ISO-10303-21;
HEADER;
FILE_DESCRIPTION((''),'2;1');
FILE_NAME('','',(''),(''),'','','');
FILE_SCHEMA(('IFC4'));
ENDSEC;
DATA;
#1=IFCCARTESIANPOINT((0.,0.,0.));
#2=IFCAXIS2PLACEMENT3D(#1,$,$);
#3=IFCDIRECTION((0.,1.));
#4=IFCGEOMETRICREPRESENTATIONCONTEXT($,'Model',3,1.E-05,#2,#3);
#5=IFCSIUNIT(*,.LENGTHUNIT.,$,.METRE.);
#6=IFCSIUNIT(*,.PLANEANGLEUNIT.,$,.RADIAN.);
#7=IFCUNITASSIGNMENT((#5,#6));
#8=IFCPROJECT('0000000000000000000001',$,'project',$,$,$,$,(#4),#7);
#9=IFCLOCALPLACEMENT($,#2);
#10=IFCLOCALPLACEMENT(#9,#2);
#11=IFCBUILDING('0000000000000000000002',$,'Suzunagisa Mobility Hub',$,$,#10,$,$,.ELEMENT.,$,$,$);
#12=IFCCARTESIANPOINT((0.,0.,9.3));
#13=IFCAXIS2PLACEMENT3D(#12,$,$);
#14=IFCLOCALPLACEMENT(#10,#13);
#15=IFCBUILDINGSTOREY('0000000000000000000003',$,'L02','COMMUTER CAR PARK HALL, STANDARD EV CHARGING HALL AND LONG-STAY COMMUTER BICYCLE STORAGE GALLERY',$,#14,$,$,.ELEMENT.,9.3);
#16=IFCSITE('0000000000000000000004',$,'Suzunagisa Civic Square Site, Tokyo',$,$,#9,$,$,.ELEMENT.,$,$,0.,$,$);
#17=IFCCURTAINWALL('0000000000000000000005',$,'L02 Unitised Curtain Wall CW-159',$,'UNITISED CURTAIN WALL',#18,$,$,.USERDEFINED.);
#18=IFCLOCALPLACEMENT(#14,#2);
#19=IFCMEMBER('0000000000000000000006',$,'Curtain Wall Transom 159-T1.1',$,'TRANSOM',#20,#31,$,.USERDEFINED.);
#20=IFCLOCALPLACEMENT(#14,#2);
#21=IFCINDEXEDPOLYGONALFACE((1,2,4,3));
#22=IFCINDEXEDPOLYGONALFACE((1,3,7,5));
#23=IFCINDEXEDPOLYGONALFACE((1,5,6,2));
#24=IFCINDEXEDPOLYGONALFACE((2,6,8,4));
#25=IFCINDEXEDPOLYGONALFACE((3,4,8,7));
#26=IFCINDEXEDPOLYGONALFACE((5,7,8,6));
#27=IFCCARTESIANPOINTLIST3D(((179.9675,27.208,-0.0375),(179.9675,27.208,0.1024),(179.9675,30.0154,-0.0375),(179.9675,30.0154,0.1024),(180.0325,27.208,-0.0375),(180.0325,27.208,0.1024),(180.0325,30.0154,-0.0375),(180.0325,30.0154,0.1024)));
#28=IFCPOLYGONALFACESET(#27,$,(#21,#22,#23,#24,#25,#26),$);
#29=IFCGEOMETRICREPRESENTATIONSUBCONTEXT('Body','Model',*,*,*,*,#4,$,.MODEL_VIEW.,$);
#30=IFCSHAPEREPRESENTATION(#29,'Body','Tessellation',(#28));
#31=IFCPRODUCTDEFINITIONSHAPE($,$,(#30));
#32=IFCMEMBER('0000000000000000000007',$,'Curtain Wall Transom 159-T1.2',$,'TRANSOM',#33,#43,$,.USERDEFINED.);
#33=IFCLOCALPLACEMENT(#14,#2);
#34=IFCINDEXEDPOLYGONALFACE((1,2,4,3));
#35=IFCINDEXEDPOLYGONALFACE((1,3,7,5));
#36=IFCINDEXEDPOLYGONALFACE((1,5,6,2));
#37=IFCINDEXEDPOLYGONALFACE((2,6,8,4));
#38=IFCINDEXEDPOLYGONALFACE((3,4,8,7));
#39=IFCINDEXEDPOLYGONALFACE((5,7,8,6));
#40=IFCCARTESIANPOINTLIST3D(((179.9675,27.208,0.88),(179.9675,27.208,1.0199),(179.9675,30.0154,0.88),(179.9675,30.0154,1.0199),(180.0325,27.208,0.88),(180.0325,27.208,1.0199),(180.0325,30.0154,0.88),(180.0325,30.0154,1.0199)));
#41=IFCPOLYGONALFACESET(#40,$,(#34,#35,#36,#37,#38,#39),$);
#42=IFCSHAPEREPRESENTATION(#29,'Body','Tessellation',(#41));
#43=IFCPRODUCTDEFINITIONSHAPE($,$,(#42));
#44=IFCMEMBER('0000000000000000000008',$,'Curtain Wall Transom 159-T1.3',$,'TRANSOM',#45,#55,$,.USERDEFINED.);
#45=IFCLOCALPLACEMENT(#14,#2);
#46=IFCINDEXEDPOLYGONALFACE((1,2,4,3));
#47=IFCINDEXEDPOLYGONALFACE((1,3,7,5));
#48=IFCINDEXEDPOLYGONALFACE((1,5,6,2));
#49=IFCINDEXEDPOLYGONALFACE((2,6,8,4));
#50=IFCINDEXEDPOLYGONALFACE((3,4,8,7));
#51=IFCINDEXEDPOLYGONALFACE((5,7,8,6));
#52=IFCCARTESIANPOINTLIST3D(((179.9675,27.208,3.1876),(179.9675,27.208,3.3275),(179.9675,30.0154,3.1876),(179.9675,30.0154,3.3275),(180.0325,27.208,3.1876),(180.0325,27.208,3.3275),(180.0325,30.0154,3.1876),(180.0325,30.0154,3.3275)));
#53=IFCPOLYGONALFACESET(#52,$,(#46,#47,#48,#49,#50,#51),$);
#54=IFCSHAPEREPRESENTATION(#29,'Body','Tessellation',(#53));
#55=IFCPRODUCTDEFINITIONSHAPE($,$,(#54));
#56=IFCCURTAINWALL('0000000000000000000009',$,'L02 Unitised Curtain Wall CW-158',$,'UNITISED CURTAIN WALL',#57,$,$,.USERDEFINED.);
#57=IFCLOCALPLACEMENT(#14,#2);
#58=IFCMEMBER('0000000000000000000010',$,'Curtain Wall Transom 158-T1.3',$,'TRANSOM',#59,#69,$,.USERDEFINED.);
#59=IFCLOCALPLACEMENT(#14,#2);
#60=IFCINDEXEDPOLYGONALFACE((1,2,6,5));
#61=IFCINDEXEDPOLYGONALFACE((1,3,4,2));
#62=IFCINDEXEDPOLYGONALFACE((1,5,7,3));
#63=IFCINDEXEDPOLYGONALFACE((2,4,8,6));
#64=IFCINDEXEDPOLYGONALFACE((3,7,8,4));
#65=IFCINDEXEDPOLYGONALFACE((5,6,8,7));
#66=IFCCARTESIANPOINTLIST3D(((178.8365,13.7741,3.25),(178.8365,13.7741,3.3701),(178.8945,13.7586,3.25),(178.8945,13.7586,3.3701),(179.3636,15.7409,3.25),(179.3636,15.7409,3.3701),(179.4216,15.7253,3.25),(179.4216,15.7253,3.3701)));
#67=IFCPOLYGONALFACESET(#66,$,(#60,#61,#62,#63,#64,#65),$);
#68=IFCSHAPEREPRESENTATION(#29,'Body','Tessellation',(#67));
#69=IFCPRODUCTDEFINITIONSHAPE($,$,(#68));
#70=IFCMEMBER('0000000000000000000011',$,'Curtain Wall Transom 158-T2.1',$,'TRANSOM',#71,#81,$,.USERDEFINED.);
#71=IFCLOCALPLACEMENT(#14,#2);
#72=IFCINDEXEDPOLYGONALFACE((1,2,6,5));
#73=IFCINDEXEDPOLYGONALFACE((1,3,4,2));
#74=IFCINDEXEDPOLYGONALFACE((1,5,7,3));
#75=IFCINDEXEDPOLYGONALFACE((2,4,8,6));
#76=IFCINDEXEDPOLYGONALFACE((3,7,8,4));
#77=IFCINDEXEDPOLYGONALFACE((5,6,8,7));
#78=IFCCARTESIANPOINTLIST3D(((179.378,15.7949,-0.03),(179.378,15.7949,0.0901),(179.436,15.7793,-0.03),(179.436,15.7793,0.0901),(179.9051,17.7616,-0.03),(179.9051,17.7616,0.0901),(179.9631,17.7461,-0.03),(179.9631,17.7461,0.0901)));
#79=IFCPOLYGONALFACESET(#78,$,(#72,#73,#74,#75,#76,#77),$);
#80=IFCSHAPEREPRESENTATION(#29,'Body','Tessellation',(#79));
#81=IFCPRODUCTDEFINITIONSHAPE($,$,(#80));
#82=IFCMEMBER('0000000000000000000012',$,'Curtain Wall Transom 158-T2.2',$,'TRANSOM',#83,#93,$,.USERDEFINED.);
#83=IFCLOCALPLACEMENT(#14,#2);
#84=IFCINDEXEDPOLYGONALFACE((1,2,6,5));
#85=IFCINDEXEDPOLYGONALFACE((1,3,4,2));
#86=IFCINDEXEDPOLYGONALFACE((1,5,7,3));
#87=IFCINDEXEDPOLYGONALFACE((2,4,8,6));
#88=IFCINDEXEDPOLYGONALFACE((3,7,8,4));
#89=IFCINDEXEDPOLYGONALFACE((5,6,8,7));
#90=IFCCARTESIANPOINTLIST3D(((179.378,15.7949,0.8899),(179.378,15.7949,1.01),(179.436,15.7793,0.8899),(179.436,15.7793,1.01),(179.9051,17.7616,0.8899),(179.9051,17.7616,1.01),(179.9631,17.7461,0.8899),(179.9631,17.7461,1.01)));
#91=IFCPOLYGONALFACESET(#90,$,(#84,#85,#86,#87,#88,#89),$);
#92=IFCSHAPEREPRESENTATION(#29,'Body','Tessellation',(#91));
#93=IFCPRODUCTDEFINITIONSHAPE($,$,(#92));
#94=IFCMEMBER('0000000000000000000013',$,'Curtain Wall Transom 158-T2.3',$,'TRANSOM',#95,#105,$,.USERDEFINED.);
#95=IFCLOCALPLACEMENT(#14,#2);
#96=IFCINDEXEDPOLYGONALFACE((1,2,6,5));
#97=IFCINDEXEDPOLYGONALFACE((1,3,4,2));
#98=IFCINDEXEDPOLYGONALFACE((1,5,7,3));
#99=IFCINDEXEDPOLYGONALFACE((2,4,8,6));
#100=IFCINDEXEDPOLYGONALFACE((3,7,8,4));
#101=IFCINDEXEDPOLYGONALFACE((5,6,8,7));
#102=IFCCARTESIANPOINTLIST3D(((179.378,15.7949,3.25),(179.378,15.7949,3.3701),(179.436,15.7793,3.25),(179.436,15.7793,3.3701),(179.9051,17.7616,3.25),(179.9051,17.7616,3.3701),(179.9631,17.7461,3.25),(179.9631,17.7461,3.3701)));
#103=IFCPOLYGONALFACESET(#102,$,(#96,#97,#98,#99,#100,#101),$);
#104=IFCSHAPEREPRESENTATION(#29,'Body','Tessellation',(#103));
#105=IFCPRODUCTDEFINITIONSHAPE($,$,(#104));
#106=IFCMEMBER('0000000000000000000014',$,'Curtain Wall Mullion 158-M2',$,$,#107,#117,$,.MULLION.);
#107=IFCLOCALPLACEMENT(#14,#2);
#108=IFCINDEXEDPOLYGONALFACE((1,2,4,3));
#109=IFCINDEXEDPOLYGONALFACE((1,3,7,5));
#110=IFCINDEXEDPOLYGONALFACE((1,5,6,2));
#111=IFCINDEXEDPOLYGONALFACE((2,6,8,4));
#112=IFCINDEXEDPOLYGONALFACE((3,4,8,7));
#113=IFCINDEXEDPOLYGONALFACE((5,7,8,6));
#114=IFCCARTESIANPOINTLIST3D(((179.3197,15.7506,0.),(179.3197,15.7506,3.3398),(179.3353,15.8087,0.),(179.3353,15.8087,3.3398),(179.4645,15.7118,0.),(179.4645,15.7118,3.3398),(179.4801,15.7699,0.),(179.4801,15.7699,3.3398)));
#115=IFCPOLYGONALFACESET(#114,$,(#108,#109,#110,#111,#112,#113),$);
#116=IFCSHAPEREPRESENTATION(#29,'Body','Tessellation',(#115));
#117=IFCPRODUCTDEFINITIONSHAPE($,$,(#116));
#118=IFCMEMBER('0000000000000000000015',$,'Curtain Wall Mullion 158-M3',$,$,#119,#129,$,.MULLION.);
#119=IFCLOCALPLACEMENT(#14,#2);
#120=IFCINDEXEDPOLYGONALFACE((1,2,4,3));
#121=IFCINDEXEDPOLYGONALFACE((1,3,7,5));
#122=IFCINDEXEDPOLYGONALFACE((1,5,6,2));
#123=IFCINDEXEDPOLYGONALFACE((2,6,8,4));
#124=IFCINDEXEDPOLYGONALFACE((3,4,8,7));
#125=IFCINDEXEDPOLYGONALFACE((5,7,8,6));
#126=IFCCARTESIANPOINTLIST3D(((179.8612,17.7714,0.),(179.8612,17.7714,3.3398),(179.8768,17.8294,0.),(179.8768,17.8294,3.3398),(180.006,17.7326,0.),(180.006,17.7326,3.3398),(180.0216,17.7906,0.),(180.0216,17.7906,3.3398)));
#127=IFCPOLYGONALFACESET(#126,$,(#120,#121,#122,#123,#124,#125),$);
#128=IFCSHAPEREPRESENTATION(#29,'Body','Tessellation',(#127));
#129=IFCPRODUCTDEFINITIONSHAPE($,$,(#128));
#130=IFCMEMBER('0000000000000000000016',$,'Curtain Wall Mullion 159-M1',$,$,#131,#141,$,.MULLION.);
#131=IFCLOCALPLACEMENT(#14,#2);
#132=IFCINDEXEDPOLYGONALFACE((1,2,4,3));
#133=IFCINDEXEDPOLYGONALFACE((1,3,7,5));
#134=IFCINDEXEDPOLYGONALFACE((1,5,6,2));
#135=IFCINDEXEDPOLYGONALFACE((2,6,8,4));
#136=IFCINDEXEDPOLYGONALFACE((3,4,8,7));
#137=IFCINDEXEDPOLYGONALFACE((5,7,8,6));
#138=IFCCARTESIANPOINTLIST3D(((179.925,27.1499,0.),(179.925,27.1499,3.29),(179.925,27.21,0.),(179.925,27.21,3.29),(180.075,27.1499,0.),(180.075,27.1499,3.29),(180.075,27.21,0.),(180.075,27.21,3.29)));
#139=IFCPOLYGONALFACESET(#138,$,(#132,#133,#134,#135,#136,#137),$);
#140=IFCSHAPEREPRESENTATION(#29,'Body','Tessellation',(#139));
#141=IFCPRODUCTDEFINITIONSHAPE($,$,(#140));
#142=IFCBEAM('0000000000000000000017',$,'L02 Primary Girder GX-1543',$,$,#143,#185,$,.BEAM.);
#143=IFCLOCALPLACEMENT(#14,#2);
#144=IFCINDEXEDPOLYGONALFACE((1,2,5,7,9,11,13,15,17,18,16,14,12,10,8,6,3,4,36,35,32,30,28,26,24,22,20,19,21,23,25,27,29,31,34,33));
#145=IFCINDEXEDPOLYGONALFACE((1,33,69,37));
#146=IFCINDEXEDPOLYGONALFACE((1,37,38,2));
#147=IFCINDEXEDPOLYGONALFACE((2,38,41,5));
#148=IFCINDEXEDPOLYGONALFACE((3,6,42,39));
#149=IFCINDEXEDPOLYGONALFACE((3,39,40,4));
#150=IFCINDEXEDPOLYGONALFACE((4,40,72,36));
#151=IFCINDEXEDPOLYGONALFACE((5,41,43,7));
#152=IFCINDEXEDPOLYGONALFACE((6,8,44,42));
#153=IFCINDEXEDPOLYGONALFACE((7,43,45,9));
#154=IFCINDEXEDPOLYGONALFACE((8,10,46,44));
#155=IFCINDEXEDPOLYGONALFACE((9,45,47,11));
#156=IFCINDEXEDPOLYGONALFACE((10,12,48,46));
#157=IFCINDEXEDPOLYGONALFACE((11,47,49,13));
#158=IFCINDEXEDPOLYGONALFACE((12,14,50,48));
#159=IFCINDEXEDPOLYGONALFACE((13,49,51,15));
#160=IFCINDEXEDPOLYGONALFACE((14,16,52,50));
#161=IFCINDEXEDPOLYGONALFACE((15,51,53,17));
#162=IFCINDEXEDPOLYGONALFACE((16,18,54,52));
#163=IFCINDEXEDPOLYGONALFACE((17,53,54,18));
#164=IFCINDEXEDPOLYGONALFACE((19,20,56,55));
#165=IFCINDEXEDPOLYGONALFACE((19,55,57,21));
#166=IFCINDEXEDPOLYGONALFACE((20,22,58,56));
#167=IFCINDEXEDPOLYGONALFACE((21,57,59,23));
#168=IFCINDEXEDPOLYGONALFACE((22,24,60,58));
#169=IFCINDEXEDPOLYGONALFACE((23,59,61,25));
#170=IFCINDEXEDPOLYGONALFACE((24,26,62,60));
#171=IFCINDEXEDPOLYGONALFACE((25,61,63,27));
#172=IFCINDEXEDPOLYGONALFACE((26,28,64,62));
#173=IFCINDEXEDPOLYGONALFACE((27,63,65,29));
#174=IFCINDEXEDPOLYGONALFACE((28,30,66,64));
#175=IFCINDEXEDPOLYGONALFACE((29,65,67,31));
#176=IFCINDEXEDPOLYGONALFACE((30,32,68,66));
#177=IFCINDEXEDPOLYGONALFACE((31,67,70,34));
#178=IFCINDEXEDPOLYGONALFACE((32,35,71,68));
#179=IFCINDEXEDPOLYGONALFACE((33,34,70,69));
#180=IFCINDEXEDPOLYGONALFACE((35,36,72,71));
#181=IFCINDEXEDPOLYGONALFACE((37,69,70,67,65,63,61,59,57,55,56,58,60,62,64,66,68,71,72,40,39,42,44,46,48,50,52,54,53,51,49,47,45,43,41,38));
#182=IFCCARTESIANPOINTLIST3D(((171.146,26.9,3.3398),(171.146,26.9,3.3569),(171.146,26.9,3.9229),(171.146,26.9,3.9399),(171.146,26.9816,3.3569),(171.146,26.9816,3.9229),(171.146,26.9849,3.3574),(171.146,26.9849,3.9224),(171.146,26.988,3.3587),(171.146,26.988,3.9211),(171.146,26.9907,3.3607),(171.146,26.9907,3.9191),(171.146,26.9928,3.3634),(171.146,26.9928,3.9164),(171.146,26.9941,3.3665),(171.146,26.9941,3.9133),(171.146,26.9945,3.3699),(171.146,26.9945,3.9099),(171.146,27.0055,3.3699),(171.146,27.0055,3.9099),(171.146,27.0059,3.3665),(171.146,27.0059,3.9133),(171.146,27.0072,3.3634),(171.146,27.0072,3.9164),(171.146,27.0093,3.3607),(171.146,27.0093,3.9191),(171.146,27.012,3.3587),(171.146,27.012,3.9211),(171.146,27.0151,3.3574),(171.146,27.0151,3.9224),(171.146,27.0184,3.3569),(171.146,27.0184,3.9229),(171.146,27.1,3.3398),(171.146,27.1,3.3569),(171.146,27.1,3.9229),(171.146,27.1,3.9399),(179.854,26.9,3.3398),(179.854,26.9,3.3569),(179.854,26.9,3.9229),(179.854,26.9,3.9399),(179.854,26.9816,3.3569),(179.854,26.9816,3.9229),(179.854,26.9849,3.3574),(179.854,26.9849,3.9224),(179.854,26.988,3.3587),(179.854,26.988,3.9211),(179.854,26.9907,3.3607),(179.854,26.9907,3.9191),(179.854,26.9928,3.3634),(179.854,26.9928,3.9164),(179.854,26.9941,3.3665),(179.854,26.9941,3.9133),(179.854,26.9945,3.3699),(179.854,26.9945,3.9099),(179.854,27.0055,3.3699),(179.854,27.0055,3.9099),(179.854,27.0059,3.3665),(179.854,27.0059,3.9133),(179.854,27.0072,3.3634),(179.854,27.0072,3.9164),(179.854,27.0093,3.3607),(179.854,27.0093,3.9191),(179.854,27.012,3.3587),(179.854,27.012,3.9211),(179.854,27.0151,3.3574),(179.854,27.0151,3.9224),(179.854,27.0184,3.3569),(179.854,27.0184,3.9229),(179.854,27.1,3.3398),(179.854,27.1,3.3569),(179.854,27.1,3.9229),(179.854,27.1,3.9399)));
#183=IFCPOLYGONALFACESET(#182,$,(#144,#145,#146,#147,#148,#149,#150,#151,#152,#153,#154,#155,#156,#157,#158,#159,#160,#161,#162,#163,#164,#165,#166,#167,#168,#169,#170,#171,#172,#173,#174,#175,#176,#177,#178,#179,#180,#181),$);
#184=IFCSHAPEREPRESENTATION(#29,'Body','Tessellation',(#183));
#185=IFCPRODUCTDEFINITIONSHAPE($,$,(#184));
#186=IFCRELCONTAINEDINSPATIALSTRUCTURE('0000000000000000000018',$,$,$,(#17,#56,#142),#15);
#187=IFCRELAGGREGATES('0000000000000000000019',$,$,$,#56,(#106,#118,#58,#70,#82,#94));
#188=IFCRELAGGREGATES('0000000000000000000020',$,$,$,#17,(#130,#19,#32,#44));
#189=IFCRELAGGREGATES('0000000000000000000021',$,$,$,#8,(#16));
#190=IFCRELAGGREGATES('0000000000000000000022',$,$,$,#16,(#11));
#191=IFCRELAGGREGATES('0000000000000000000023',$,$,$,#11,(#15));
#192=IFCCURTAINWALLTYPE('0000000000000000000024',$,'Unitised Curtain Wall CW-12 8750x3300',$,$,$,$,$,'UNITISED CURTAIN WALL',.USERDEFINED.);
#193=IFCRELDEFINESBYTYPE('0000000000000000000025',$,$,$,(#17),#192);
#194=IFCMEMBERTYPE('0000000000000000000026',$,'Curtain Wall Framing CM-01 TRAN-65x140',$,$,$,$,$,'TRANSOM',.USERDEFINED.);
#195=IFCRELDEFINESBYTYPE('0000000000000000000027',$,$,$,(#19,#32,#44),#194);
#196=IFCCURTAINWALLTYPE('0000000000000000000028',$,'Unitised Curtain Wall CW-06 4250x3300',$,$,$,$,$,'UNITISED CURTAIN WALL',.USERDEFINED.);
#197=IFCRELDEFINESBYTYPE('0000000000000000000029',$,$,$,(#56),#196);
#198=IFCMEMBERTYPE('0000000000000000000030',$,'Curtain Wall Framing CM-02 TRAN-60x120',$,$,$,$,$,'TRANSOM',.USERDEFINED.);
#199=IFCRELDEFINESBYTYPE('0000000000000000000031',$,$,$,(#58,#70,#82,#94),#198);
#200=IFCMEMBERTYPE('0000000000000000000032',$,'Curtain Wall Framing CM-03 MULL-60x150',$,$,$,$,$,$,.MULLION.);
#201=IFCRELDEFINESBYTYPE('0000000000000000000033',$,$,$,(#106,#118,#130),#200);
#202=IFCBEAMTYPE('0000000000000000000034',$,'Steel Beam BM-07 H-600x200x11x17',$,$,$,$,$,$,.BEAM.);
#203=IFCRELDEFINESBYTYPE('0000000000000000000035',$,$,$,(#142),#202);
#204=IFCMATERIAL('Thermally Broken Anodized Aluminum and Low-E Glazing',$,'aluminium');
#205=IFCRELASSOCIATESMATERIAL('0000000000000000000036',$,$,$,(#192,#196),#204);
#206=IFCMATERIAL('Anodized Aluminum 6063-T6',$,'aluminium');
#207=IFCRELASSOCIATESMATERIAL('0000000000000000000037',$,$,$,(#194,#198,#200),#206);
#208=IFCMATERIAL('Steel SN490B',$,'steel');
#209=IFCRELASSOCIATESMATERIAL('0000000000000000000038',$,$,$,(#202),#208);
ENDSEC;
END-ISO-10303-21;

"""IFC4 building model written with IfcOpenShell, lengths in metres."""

from ifc_helpers import new_model, si_unit, direction, frame, origin, origin_2d, place, context, subcontext, project, spatial, rectangle, i_section, extrude, material, material_profile, profile_set, type_object, element, aggregate, save


model = new_model("IFC4")

# Units and contexts
model_context = context("Model", 3, precision=1e-05, world=origin(), true_north=direction((0.0, 1.0)))
body_context = subcontext(model_context, "Body", "Model", "MODEL_VIEW")
ifc_project = project(units=[si_unit("LENGTHUNIT", "METRE"), si_unit("PLANEANGLEUNIT", "RADIAN")], contexts=[model_context])

# Site, building, storey
site_placement = place(None, origin())
site = spatial("IfcSite", under=ifc_project, at=site_placement, Name="Suzunagisa Civic Square Site, Tokyo", CompositionType="ELEMENT", RefElevation=0.0)
building_placement = place(site_placement, origin())
building = spatial("IfcBuilding", under=site, at=building_placement, Name="Suzunagisa Mobility Hub", CompositionType="ELEMENT")
storey_placement = place(building_placement, frame((0.0, 0.0, 9.3)))
storey = spatial("IfcBuildingStorey", under=building, at=storey_placement, Name="L02", Description="COMMUTER CAR PARK HALL, STANDARD EV CHARGING HALL AND LONG-STAY COMMUTER BICYCLE STORAGE GALLERY", CompositionType="ELEMENT", Elevation=9.3)

# Shared definitions
ifc_material_1 = material(Name="Steel SN490B", Category="steel")

# Curtain walls, members
ifc_material_2 = material(Name="Thermally Broken Anodized Aluminum and Low-E Glazing", Category="aluminium")
curtain_wall_type_1 = type_object("IfcCurtainWallType", Name="Unitised Curtain Wall CW-12 8750x3300", ElementType="UNITISED CURTAIN WALL", PredefinedType="USERDEFINED", material=ifc_material_2)
curtain_wall_1_placement = place(storey_placement, origin())
curtain_wall_1 = element("IfcCurtainWall", 1, at=curtain_wall_1_placement, inside=storey, type_object=curtain_wall_type_1, Name="L02 Unitised Curtain Wall CW-159", ObjectType="UNITISED CURTAIN WALL", PredefinedType="USERDEFINED")
ifc_material_3 = material(Name="Anodized Aluminum 6063-T6", Category="aluminium")
ifc_material_profile_1 = material_profile(ifc_material_3, rectangle(XDim=0.0649, YDim=0.1399, at=origin_2d()), Name="TRAN-65x140")
ifc_profile_set_1 = profile_set([ifc_material_profile_1], Name="Anodized Aluminum 6063-T6")
member_type_1 = type_object("IfcMemberType", Name="Curtain Wall Framing CM-01 TRAN-65x140", ElementType="TRANSOM", PredefinedType="USERDEFINED", material=ifc_profile_set_1)
member_1_placement = place(storey_placement, frame((180.0, 27.208, 0.0325), z_axis=(0.0, 1.0, 0.0), x_axis=(-1.0, 0.0, 0.0)))
member_1 = element("IfcMember", 2, at=member_1_placement, type_object=member_type_1, Name="Curtain Wall Transom 159-T1.1", ObjectType="TRANSOM", PredefinedType="USERDEFINED", context=body_context, shape_type="SweptSolid", body=[
    extrude(rectangle(XDim=0.0649, YDim=0.1399, at=origin_2d()), origin(), (0.0, 0.0, 1.0), 2.8074),
])
member_2_placement = place(storey_placement, frame((180.0, 27.208, 0.95), z_axis=(0.0, 1.0, 0.0), x_axis=(-1.0, 0.0, 0.0)))
member_2 = element("IfcMember", 3, at=member_2_placement, type_object=member_type_1, Name="Curtain Wall Transom 159-T1.2", ObjectType="TRANSOM", PredefinedType="USERDEFINED", context=body_context, shape_type="SweptSolid", body=[
    extrude(rectangle(XDim=0.0649, YDim=0.1399, at=origin_2d()), origin(), (0.0, 0.0, 1.0), 2.8074),
])
member_3_placement = place(storey_placement, frame((180.0, 27.208, 3.2576), z_axis=(0.0, 1.0, 0.0), x_axis=(-1.0, 0.0, 0.0)))
member_3 = element("IfcMember", 4, at=member_3_placement, type_object=member_type_1, Name="Curtain Wall Transom 159-T1.3", ObjectType="TRANSOM", PredefinedType="USERDEFINED", context=body_context, shape_type="SweptSolid", body=[
    extrude(rectangle(XDim=0.0649, YDim=0.1399, at=origin_2d()), origin(), (0.0, 0.0, 1.0), 2.8074),
])
curtain_wall_type_2 = type_object("IfcCurtainWallType", Name="Unitised Curtain Wall CW-06 4250x3300", ElementType="UNITISED CURTAIN WALL", PredefinedType="USERDEFINED", material=ifc_material_2)
curtain_wall_2_placement = place(storey_placement, origin())
curtain_wall_2 = element("IfcCurtainWall", 5, at=curtain_wall_2_placement, inside=storey, type_object=curtain_wall_type_2, Name="L02 Unitised Curtain Wall CW-158", ObjectType="UNITISED CURTAIN WALL", PredefinedType="USERDEFINED")
ifc_material_profile_2 = material_profile(ifc_material_3, rectangle(XDim=0.0601, YDim=0.1201, at=origin_2d()), Name="TRAN-60x120")
ifc_profile_set_2 = profile_set([ifc_material_profile_2], Name="Anodized Aluminum 6063-T6")
member_type_2 = type_object("IfcMemberType", Name="Curtain Wall Framing CM-02 TRAN-60x120", ElementType="TRANSOM", PredefinedType="USERDEFINED", material=ifc_profile_set_2)
member_4_placement = place(storey_placement, frame((178.8655, 13.7664, 3.3101), z_axis=(0.258864, 0.965914, 0.0), x_axis=(-0.965914, 0.258864, 0.0)))
member_4 = element("IfcMember", 6, at=member_4_placement, type_object=member_type_2, Name="Curtain Wall Transom 158-T1.3", ObjectType="TRANSOM", PredefinedType="USERDEFINED", context=body_context, shape_type="SweptSolid", body=[
    extrude(rectangle(XDim=0.0601, YDim=0.1201, at=origin_2d()), origin(), (0.0, 0.0, 1.0), 2.0361),
])
member_5_placement = place(storey_placement, frame((179.407, 15.7871, 0.03), z_axis=(0.258864, 0.965914, 0.0), x_axis=(-0.965914, 0.258864, 0.0)))
member_5 = element("IfcMember", 7, at=member_5_placement, type_object=member_type_2, Name="Curtain Wall Transom 158-T2.1", ObjectType="TRANSOM", PredefinedType="USERDEFINED", context=body_context, shape_type="SweptSolid", body=[
    extrude(rectangle(XDim=0.0601, YDim=0.1201, at=origin_2d()), origin(), (0.0, 0.0, 1.0), 2.0361),
])
member_6_placement = place(storey_placement, frame((179.407, 15.7871, 0.95), z_axis=(0.258864, 0.965914, 0.0), x_axis=(-0.965914, 0.258864, 0.0)))
member_6 = element("IfcMember", 8, at=member_6_placement, type_object=member_type_2, Name="Curtain Wall Transom 158-T2.2", ObjectType="TRANSOM", PredefinedType="USERDEFINED", context=body_context, shape_type="SweptSolid", body=[
    extrude(rectangle(XDim=0.0601, YDim=0.1201, at=origin_2d()), origin(), (0.0, 0.0, 1.0), 2.0361),
])
member_7_placement = place(storey_placement, frame((179.407, 15.7871, 3.3101), z_axis=(0.258864, 0.965914, 0.0), x_axis=(-0.965914, 0.258864, 0.0)))
member_7 = element("IfcMember", 9, at=member_7_placement, type_object=member_type_2, Name="Curtain Wall Transom 158-T2.3", ObjectType="TRANSOM", PredefinedType="USERDEFINED", context=body_context, shape_type="SweptSolid", body=[
    extrude(rectangle(XDim=0.0601, YDim=0.1201, at=origin_2d()), origin(), (0.0, 0.0, 1.0), 2.0361),
])
ifc_material_profile_3 = material_profile(ifc_material_3, rectangle(XDim=0.0601, YDim=0.1499, at=origin_2d()), Name="MULL-60x150")
ifc_profile_set_3 = profile_set([ifc_material_profile_3], Name="Anodized Aluminum 6063-T6")
member_type_3 = type_object("IfcMemberType", Name="Curtain Wall Framing CM-03 MULL-60x150", PredefinedType="MULLION", material=ifc_profile_set_3)
member_8_placement = place(storey_placement, frame((179.3999, 15.7603, 0.0), z_axis=(0.0, 0.0, 1.0), x_axis=(0.258811, 0.965928, 0.0)))
member_8 = element("IfcMember", 10, at=member_8_placement, type_object=member_type_3, Name="Curtain Wall Mullion 158-M2", PredefinedType="MULLION", context=body_context, shape_type="SweptSolid", body=[
    extrude(rectangle(XDim=0.0601, YDim=0.1499, at=origin_2d()), origin(), (0.0, 0.0, 1.0), 3.3398),
])
member_9_placement = place(storey_placement, frame((179.9414, 17.781, 0.0), z_axis=(0.0, 0.0, 1.0), x_axis=(0.258811, 0.965928, 0.0)))
member_9 = element("IfcMember", 11, at=member_9_placement, type_object=member_type_3, Name="Curtain Wall Mullion 158-M3", PredefinedType="MULLION", context=body_context, shape_type="SweptSolid", body=[
    extrude(rectangle(XDim=0.0601, YDim=0.1499, at=origin_2d()), origin(), (0.0, 0.0, 1.0), 3.3398),
])

# Member
member_10_placement = place(storey_placement, frame((180.0, 27.1799, 0.0), z_axis=(0.0, 0.0, 1.0), x_axis=(0.0, 1.0, 0.0)))
member_10 = element("IfcMember", 12, at=member_10_placement, type_object=member_type_3, Name="Curtain Wall Mullion 159-M1", PredefinedType="MULLION", context=body_context, shape_type="SweptSolid", body=[
    extrude(rectangle(XDim=0.0601, YDim=0.1499, at=origin_2d()), origin(), (0.0, 0.0, 1.0), 3.29),
])

# Beam
ifc_material_profile_4 = material_profile(ifc_material_1, i_section(OverallWidth=0.2, OverallDepth=0.6001, WebThickness=0.011, FlangeThickness=0.0171, FilletRadius=0.0129, at=origin_2d()), Name="H-600x200x11x17")
ifc_profile_set_4 = profile_set([ifc_material_profile_4], Name="Steel SN490B")
beam_type_1 = type_object("IfcBeamType", Name="Steel Beam BM-07 H-600x200x11x17", PredefinedType="BEAM", material=ifc_profile_set_4)
beam_1_placement = place(storey_placement, frame((171.146, 27.0, 3.6399), z_axis=(1.0, 0.0, 0.0), x_axis=(0.0, 1.0, 0.0)))
element("IfcBeam", 13, at=beam_1_placement, inside=storey, type_object=beam_type_1, Name="L02 Primary Girder GX-1543", PredefinedType="BEAM", context=body_context, shape_type="SweptSolid", body=[
    extrude(i_section(OverallWidth=0.2, OverallDepth=0.6001, WebThickness=0.011, FlangeThickness=0.0171, FilletRadius=0.0129, at=origin_2d()), origin(), (0.0, 0.0, 1.0), 8.708),
])

aggregate(curtain_wall_2, [member_8, member_9, member_4, member_5, member_6, member_7])
aggregate(curtain_wall_1, [member_10, member_1, member_2, member_3])

save(model, "model.ifc")
